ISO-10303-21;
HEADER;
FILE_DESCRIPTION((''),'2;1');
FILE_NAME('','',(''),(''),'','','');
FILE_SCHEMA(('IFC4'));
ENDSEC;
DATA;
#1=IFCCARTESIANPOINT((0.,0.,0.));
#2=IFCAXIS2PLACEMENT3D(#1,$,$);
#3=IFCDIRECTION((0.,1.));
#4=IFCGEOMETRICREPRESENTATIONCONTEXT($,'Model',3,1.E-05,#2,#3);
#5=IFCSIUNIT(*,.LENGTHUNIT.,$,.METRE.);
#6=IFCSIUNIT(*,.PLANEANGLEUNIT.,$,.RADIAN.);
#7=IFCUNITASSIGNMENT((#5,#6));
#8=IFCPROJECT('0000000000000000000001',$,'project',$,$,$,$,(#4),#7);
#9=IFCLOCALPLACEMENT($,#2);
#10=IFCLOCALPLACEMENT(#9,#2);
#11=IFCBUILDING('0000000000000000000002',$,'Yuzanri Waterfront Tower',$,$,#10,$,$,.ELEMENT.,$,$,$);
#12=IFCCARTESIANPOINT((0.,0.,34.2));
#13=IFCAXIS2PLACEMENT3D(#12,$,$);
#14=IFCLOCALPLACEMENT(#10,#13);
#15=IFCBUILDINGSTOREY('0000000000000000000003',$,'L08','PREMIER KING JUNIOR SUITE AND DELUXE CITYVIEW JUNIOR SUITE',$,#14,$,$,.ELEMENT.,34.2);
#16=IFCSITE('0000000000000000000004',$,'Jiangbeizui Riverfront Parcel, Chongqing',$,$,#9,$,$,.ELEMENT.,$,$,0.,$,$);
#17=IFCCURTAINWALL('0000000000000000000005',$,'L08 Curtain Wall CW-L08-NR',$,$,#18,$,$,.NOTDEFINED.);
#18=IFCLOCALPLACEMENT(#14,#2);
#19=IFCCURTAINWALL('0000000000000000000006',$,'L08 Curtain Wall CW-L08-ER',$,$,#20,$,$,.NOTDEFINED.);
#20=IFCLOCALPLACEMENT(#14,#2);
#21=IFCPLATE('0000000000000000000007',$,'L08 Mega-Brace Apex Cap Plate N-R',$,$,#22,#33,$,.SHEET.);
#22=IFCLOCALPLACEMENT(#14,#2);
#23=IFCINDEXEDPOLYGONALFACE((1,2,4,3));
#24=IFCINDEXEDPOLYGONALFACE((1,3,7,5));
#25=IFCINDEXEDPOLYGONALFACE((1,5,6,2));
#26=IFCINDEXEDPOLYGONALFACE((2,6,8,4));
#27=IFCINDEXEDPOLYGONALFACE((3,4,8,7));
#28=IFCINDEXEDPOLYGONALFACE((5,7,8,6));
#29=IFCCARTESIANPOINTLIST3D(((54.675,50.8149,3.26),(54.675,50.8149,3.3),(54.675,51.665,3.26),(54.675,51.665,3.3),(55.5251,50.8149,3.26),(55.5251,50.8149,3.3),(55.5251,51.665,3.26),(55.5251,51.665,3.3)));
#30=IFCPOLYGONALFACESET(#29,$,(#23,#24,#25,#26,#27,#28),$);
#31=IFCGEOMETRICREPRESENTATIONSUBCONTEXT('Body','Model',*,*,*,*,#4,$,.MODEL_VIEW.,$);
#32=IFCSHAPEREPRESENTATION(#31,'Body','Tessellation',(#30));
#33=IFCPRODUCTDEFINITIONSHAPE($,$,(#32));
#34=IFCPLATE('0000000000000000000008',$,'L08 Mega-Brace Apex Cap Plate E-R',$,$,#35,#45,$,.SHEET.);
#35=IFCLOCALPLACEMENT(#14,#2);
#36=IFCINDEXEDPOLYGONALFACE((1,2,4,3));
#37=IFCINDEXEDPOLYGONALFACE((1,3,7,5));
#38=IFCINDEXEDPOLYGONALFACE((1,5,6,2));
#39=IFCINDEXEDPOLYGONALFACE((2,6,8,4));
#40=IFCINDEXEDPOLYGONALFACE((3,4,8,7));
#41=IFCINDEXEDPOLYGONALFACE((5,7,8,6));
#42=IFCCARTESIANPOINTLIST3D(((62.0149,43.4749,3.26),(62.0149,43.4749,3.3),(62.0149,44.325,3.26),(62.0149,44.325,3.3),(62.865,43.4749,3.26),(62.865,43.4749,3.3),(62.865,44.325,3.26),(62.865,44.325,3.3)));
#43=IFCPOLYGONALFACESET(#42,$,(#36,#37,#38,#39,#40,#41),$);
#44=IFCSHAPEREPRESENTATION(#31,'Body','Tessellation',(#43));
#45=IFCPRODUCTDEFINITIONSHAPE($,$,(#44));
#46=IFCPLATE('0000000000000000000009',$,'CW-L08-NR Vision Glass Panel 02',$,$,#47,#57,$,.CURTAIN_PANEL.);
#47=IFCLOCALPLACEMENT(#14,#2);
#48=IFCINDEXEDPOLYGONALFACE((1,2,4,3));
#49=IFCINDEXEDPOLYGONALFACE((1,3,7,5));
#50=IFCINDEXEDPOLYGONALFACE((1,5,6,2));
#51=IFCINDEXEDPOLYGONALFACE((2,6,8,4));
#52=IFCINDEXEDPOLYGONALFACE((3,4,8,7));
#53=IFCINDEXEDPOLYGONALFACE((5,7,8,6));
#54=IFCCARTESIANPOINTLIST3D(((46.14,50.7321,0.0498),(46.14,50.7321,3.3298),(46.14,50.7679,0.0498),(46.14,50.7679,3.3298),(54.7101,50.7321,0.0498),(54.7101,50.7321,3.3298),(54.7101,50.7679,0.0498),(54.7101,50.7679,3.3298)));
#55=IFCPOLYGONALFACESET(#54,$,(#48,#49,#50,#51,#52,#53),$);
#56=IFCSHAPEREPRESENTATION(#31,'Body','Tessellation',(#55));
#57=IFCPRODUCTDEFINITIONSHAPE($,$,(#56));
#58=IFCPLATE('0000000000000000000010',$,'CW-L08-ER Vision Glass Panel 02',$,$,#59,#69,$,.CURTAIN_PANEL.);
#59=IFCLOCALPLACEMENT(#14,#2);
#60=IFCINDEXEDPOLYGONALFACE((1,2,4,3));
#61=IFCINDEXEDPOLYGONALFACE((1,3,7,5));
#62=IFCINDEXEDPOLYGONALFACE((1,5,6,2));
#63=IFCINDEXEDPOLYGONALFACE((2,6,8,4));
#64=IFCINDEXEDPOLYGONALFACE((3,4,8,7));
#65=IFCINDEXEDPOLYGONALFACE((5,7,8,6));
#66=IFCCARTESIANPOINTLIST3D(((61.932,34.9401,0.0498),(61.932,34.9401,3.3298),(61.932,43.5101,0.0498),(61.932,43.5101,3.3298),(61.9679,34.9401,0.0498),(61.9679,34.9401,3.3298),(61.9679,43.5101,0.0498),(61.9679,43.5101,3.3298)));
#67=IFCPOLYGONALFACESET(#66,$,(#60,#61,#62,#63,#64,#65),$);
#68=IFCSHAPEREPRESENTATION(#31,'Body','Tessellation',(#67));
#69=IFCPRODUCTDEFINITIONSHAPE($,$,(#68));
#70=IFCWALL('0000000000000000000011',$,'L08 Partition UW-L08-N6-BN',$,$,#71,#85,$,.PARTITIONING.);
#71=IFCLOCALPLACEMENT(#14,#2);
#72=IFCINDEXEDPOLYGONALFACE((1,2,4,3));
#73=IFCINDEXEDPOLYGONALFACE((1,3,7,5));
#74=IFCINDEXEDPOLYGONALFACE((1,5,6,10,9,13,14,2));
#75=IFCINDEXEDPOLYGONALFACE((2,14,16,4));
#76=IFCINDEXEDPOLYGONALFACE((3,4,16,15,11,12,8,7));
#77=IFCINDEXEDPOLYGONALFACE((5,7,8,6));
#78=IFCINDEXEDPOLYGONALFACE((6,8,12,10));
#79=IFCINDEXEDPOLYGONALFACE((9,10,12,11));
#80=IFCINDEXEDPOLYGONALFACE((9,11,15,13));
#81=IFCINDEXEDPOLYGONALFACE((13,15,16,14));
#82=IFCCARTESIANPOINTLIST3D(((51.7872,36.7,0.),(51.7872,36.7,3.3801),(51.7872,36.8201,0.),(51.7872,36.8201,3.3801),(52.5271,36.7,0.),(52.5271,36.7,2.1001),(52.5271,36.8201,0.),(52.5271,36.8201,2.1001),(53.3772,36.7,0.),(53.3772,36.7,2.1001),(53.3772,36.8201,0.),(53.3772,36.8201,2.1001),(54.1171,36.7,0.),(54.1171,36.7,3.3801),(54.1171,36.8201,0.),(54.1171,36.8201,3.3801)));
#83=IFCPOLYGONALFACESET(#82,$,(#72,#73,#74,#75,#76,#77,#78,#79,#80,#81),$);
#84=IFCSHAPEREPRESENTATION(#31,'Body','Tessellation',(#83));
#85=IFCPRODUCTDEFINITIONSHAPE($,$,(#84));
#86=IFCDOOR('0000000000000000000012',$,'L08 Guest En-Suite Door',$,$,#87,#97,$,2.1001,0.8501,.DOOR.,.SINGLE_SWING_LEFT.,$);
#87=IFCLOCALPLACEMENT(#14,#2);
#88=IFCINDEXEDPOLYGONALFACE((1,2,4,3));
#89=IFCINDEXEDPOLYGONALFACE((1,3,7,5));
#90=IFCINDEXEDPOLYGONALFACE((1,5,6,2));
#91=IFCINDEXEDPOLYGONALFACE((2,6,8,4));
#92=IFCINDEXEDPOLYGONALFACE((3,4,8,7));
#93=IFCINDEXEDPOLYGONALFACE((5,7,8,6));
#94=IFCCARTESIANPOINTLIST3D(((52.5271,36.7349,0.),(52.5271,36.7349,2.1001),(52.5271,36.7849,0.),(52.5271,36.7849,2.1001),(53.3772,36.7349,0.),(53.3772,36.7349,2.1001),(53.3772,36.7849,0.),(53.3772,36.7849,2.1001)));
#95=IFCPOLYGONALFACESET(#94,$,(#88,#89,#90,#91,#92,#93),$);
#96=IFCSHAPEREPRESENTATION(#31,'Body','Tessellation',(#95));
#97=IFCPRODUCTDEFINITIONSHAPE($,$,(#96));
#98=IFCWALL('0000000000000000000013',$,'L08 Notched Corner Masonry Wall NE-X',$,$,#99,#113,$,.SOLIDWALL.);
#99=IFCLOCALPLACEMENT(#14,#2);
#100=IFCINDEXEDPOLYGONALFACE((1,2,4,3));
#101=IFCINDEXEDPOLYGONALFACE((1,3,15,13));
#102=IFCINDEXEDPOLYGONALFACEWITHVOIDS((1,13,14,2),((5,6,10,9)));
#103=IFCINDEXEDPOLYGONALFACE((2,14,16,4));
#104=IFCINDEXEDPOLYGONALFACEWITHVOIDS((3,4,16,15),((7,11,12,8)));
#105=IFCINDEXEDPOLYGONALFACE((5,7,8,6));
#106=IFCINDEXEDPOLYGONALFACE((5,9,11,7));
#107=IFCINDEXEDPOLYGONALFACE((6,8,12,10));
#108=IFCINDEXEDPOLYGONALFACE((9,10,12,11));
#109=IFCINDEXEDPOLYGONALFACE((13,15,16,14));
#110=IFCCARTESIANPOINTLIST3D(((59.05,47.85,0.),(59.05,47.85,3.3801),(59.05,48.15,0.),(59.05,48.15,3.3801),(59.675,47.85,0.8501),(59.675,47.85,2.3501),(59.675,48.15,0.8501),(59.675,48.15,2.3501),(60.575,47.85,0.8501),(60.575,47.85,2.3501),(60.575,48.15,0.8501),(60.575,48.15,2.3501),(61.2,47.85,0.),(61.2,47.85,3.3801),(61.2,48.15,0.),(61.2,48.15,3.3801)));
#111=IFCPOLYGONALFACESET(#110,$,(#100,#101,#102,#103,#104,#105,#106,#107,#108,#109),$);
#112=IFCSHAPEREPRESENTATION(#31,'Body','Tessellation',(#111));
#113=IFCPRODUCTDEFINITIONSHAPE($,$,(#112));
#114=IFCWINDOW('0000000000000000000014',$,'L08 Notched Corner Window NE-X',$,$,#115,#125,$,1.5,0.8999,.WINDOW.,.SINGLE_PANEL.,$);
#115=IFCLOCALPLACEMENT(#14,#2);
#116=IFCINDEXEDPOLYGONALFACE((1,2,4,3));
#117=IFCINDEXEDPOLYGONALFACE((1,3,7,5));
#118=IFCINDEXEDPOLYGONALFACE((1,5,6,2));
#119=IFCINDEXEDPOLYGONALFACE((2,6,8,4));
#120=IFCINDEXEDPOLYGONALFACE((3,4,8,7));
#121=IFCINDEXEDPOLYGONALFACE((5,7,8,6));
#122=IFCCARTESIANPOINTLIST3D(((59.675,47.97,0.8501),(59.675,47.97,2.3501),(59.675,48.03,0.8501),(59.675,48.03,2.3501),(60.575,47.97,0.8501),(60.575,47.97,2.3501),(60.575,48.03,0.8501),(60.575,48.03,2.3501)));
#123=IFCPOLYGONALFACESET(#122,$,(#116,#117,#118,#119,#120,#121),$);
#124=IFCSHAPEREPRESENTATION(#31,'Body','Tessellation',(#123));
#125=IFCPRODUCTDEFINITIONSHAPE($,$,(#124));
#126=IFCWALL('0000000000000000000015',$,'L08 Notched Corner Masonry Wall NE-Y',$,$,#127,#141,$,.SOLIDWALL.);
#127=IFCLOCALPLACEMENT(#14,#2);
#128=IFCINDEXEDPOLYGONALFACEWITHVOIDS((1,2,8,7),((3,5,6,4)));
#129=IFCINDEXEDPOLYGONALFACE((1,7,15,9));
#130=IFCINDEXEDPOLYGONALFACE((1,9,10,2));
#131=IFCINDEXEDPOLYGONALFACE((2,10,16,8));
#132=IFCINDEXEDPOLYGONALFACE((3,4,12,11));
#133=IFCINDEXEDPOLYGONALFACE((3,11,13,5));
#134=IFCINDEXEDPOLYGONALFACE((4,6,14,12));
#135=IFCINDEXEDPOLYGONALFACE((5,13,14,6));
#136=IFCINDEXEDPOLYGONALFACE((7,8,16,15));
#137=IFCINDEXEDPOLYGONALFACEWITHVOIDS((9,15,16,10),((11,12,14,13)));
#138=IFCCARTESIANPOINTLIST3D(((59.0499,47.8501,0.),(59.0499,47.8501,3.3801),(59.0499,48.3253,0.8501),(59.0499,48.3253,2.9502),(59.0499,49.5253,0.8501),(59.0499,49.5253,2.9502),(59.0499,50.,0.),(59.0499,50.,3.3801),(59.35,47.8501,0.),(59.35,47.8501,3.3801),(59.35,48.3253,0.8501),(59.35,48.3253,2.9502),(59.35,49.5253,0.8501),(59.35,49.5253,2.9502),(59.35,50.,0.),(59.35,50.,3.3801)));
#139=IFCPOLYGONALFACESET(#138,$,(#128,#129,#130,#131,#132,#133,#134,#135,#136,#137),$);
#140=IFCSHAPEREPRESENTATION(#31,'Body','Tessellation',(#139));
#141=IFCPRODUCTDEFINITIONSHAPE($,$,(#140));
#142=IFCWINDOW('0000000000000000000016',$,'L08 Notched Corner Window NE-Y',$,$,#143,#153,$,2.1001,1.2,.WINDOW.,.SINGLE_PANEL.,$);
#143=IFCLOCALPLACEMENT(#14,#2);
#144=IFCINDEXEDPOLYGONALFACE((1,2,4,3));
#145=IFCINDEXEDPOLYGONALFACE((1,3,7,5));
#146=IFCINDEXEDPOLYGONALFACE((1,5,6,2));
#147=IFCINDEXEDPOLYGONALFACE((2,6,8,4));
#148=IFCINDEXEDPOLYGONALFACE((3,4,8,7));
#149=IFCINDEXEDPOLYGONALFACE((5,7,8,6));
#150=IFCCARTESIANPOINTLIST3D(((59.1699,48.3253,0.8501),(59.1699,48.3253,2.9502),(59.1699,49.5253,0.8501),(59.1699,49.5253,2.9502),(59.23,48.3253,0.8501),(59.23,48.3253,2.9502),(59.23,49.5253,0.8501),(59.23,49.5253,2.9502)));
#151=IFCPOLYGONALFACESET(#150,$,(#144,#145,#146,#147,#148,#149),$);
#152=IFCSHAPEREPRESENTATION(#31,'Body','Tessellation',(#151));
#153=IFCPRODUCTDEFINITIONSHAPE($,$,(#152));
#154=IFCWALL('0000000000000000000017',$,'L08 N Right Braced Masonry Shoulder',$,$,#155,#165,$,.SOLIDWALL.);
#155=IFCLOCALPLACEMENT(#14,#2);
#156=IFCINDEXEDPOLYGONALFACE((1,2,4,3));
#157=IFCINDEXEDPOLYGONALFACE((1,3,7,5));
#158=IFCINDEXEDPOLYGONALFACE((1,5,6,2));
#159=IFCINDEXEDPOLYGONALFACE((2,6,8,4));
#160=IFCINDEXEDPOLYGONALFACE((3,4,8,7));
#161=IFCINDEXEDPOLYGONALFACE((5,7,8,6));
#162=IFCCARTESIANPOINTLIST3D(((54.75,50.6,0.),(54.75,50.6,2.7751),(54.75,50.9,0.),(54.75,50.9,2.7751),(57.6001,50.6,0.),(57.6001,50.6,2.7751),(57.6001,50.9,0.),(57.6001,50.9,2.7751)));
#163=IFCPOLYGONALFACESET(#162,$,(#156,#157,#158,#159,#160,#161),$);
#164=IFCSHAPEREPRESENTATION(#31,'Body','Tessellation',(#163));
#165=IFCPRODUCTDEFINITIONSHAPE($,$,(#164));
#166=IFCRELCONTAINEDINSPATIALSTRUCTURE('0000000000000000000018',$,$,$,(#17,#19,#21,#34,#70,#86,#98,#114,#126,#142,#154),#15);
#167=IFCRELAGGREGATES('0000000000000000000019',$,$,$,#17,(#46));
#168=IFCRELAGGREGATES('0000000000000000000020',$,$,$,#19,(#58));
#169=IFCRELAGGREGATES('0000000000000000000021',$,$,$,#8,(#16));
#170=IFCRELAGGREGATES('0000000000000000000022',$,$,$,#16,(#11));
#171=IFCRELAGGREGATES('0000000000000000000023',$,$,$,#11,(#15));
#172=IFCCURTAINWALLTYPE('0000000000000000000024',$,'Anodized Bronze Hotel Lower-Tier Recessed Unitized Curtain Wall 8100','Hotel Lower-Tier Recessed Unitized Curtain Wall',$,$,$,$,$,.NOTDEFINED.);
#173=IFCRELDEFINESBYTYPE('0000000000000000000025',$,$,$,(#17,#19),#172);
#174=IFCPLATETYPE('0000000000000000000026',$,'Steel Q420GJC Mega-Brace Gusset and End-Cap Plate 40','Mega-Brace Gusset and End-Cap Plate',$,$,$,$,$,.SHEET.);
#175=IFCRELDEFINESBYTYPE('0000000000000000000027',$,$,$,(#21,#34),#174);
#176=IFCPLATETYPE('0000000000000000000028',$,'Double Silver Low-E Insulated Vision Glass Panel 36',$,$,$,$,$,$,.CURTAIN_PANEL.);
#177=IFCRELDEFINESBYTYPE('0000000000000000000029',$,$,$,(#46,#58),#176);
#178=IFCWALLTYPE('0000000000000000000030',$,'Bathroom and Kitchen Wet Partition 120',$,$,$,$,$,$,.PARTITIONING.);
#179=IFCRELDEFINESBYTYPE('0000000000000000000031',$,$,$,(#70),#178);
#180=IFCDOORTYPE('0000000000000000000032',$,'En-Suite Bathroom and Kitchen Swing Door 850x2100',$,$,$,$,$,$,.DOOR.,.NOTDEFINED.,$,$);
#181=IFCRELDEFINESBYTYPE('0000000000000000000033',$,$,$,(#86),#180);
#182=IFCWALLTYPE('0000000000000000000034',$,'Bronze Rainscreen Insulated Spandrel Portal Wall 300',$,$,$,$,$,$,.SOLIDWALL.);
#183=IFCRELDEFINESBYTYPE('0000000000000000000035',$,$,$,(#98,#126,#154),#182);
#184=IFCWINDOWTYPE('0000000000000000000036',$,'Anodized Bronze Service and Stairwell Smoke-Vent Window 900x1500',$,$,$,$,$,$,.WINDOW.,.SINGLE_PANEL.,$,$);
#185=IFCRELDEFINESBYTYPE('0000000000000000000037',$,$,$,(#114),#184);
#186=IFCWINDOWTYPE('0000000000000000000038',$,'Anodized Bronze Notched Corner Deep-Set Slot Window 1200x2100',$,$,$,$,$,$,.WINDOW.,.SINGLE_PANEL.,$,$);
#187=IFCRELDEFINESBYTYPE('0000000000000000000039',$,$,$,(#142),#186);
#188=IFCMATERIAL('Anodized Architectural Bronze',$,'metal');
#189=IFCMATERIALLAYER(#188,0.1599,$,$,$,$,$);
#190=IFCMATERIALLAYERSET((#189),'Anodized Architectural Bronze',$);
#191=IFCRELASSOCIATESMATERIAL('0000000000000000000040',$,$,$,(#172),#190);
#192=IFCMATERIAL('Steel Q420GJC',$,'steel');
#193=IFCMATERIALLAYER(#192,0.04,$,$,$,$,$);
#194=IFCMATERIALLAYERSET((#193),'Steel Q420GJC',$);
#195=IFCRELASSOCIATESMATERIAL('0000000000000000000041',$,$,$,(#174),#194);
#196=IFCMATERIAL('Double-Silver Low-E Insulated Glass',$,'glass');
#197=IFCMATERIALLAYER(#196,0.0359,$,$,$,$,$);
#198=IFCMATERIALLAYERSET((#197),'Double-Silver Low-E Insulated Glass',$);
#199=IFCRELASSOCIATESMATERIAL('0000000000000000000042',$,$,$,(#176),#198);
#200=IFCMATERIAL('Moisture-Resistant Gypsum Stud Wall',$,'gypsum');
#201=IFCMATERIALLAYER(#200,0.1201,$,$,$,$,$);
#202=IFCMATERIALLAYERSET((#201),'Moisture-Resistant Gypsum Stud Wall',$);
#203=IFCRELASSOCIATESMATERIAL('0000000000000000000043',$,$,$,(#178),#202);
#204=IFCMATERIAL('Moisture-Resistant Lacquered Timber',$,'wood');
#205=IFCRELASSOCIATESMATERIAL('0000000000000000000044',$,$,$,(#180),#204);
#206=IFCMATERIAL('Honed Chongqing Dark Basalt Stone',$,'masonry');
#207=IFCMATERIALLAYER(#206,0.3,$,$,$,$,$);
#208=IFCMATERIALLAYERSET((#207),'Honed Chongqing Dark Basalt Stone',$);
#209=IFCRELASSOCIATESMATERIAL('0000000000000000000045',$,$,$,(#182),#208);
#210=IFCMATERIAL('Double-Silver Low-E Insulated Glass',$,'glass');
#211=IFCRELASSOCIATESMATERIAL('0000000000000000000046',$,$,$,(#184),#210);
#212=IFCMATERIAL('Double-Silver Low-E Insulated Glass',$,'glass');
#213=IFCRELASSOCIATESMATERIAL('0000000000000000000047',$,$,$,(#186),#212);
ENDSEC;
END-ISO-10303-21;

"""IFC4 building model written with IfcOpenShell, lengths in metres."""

from ifc_helpers import new_model, si_unit, direction, frame, frame_2d, origin, origin_2d, place, context, subcontext, project, spatial, rectangle, extrude, source, transform, mapped, material, layer, layer_set, type_object, element, fill, aggregate, save


model = new_model("IFC4")

# Units and contexts
model_context = context("Model", 3, precision=1e-05, world=origin(), true_north=direction((0.0, 1.0)))
body_context = subcontext(model_context, "Body", "Model", "MODEL_VIEW")
ifc_project = project(units=[si_unit("LENGTHUNIT", "METRE"), si_unit("PLANEANGLEUNIT", "RADIAN")], contexts=[model_context])

# Site, building, storey
site_placement = place(None, origin())
site = spatial("IfcSite", under=ifc_project, at=site_placement, Name="Jiangbeizui Riverfront Parcel, Chongqing", CompositionType="ELEMENT", RefElevation=0.0)
building_placement = place(site_placement, origin())
building = spatial("IfcBuilding", under=site, at=building_placement, Name="Yuzanri Waterfront Tower", CompositionType="ELEMENT")
storey_placement = place(building_placement, frame((0.0, 0.0, 34.2)))
storey = spatial("IfcBuildingStorey", under=building, at=storey_placement, Name="L08", Description="PREMIER KING JUNIOR SUITE AND DELUXE CITYVIEW JUNIOR SUITE", CompositionType="ELEMENT", Elevation=34.2)

# Curtain walls
ifc_material_1 = material(Name="Anodized Architectural Bronze", Category="metal")
ifc_layer_1 = layer(ifc_material_1, 0.1599)
ifc_layer_set_1 = layer_set([ifc_layer_1], Name="Anodized Architectural Bronze")
curtain_wall_type = type_object("IfcCurtainWallType", Name="Anodized Bronze Hotel Lower-Tier Recessed Unitized Curtain Wall 8100", Description="Hotel Lower-Tier Recessed Unitized Curtain Wall", PredefinedType="NOTDEFINED", material=ifc_layer_set_1)
curtain_wall_1_placement = place(storey_placement, origin())
curtain_wall_1 = element("IfcCurtainWall", 1, at=curtain_wall_1_placement, inside=storey, type_object=curtain_wall_type, Name="L08 Curtain Wall CW-L08-NR", PredefinedType="NOTDEFINED")
curtain_wall_2_placement = place(storey_placement, origin())
curtain_wall_2 = element("IfcCurtainWall", 2, at=curtain_wall_2_placement, inside=storey, type_object=curtain_wall_type, Name="L08 Curtain Wall CW-L08-ER", PredefinedType="NOTDEFINED")

# Plates
ifc_material_2 = material(Name="Steel Q420GJC", Category="steel")
ifc_layer_2 = layer(ifc_material_2, 0.04)
ifc_layer_set_2 = layer_set([ifc_layer_2], Name="Steel Q420GJC")
plate_type_1 = type_object("IfcPlateType", Name="Steel Q420GJC Mega-Brace Gusset and End-Cap Plate 40", Description="Mega-Brace Gusset and End-Cap Plate", PredefinedType="SHEET", material=ifc_layer_set_2)
shared_shape_1 = source(origin(), body_context, "Body", "SweptSolid", [
    extrude(rectangle(XDim=0.8501, YDim=0.8501, at=origin_2d()), origin(), (0.0, 0.0, 1.0), 0.04),
])
for number, where, z_axis, x_axis, name in (
    (3, (55.1001, 51.24, 3.26), (0.0, 0.0, 1.0), (1.0, 0.0, 0.0), "L08 Mega-Brace Apex Cap Plate N-R"),
    (4, (62.4399, 43.8999, 3.26), (0.0, 0.0, 1.0), (1.0, 0.0, 0.0), "L08 Mega-Brace Apex Cap Plate E-R"),
):
    element("IfcPlate", number, at=place(storey_placement, frame(where, z_axis=z_axis, x_axis=x_axis)), inside=storey, type_object=plate_type_1, Name=name, PredefinedType="SHEET", context=body_context, shape_type="MappedRepresentation", body=[
        mapped(shared_shape_1, transform((0.0, 0.0, 0.0), scale=1.0)),
    ])

# Plates
ifc_material_3 = material(Name="Double-Silver Low-E Insulated Glass", Category="glass")
ifc_layer_3 = layer(ifc_material_3, 0.0359)
ifc_layer_set_3 = layer_set([ifc_layer_3], Name="Double-Silver Low-E Insulated Glass")
plate_type_2 = type_object("IfcPlateType", Name="Double Silver Low-E Insulated Vision Glass Panel 36", PredefinedType="CURTAIN_PANEL", material=ifc_layer_set_3)
shared_shape_2 = source(origin(), body_context, "Body", "SweptSolid", [
    extrude(rectangle(XDim=8.5701, YDim=0.0359, at=origin_2d()), origin(), (0.0, 0.0, 1.0), 3.28),
])
plate_1_placement = place(storey_placement, frame((50.425, 50.75, 0.0498), z_axis=(0.0, 0.0, 1.0), x_axis=(1.0, 0.0, 0.0)))
plate_1 = element("IfcPlate", 5, at=plate_1_placement, type_object=plate_type_2, Name="CW-L08-NR Vision Glass Panel 02", PredefinedType="CURTAIN_PANEL", context=body_context, shape_type="MappedRepresentation", body=[
    mapped(shared_shape_2, transform((0.0, 0.0, 0.0), scale=1.0)),
])
aggregate(curtain_wall_1, [plate_1])
plate_2_placement = place(storey_placement, frame((61.95, 39.2251, 0.0498), z_axis=(0.0, 0.0, 1.0), x_axis=(0.0, 1.0, 0.0)))
plate_2 = element("IfcPlate", 6, at=plate_2_placement, type_object=plate_type_2, Name="CW-L08-ER Vision Glass Panel 02", PredefinedType="CURTAIN_PANEL", context=body_context, shape_type="MappedRepresentation", body=[
    mapped(shared_shape_2, transform((0.0, 0.0, 0.0), scale=1.0)),
])
aggregate(curtain_wall_2, [plate_2])

# Wall, opening, door
ifc_material_4 = material(Name="Moisture-Resistant Gypsum Stud Wall", Category="gypsum")
ifc_layer_4 = layer(ifc_material_4, 0.1201)
ifc_layer_set_4 = layer_set([ifc_layer_4], Name="Moisture-Resistant Gypsum Stud Wall")
wall_type_1 = type_object("IfcWallType", Name="Bathroom and Kitchen Wet Partition 120", PredefinedType="PARTITIONING", material=ifc_layer_set_4)
wall_1_placement = place(storey_placement, frame((51.7871, 36.76, 0.0), z_axis=(0.0, 0.0, 1.0), x_axis=(1.0, 0.0, 0.0)))
wall_1 = element("IfcWall", 7, at=wall_1_placement, inside=storey, type_object=wall_type_1, Name="L08 Partition UW-L08-N6-BN", PredefinedType="PARTITIONING", context=body_context, shape_type="SweptSolid", body=[
    extrude(rectangle(XDim=2.3298, YDim=0.1201, at=frame_2d((1.165, 0.0))), origin(), (0.0, 0.0, 1.0), 3.3801),
])
opening_1_placement = place(wall_1_placement, frame((0.74, 0.0, 0.0)))
opening_1 = element("IfcOpeningElement", 8, at=opening_1_placement, cuts=wall_1, PredefinedType="OPENING", context=body_context, shape_type="SweptSolid", body=[
    extrude(rectangle(XDim=0.8501, YDim=2.1001, at=frame_2d((0.425, 1.05))), frame((0.0, 0.075, 0.0), z_axis=(0.0, -1.0, 0.0), x_axis=(1.0, 0.0, 0.0)), (0.0, 0.0, 1.0), 0.1499),
])
ifc_material_5 = material(Name="Moisture-Resistant Lacquered Timber", Category="wood")
door_type = type_object("IfcDoorType", Name="En-Suite Bathroom and Kitchen Swing Door 850x2100", OperationType="NOTDEFINED", PredefinedType="DOOR", material=ifc_material_5)
shared_shape_3 = source(origin(), body_context, "Body", "SweptSolid", [
    extrude(rectangle(XDim=0.8501, YDim=2.1001, at=frame_2d((0.425, 1.05))), frame((0.0, 0.0249, 0.0), z_axis=(0.0, -1.0, 0.0), x_axis=(1.0, 0.0, 0.0)), (0.0, 0.0, 1.0), 0.05),
])
door_placement = place(opening_1_placement, origin())
door = element("IfcDoor", 9, at=door_placement, inside=storey, type_object=door_type, Name="L08 Guest En-Suite Door", OperationType="SINGLE_SWING_LEFT", OverallHeight=2.1001, OverallWidth=0.8501, PredefinedType="DOOR", context=body_context, shape_type="MappedRepresentation", body=[
    mapped(shared_shape_3, transform((0.0, 0.0, 0.0), scale=1.0)),
])
fill(opening_1, door)

# Walls, openings, windows
ifc_material_6 = material(Name="Honed Chongqing Dark Basalt Stone", Category="masonry")
ifc_layer_5 = layer(ifc_material_6, 0.3)
ifc_layer_set_5 = layer_set([ifc_layer_5], Name="Honed Chongqing Dark Basalt Stone")
wall_type_2 = type_object("IfcWallType", Name="Bronze Rainscreen Insulated Spandrel Portal Wall 300", PredefinedType="SOLIDWALL", material=ifc_layer_set_5)
wall_2_placement = place(storey_placement, frame((61.2, 48.0, 0.0), z_axis=(0.0, 0.0, 1.0), x_axis=(-1.0, 0.0, 0.0)))
wall_2 = element("IfcWall", 10, at=wall_2_placement, inside=storey, type_object=wall_type_2, Name="L08 Notched Corner Masonry Wall NE-X", PredefinedType="SOLIDWALL", context=body_context, shape_type="SweptSolid", body=[
    extrude(rectangle(XDim=2.1499, YDim=0.3, at=frame_2d((1.075, 0.0))), origin(), (0.0, 0.0, 1.0), 3.3801),
])
opening_2_placement = place(wall_2_placement, frame((0.625, 0.0, 0.8501)))
opening_2 = element("IfcOpeningElement", 11, at=opening_2_placement, cuts=wall_2, PredefinedType="OPENING", context=body_context, shape_type="SweptSolid", body=[
    extrude(rectangle(XDim=0.8999, YDim=1.5, at=frame_2d((0.45, 0.75))), frame((0.0, 0.165, 0.0), z_axis=(0.0, -1.0, 0.0), x_axis=(1.0, 0.0, 0.0)), (0.0, 0.0, 1.0), 0.3298),
])
ifc_material_7 = material(Name="Double-Silver Low-E Insulated Glass", Category="glass")
window_type_1 = type_object("IfcWindowType", Name="Anodized Bronze Service and Stairwell Smoke-Vent Window 900x1500", PartitioningType="SINGLE_PANEL", PredefinedType="WINDOW", material=ifc_material_7)
shared_shape_4 = source(origin(), body_context, "Body", "SweptSolid", [
    extrude(rectangle(XDim=0.8999, YDim=1.5, at=frame_2d((0.45, 0.75))), frame((0.0, 0.03, 0.0), z_axis=(0.0, -1.0, 0.0), x_axis=(1.0, 0.0, 0.0)), (0.0, 0.0, 1.0), 0.0601),
])
window_1_placement = place(opening_2_placement, origin())
window_1 = element("IfcWindow", 12, at=window_1_placement, inside=storey, type_object=window_type_1, Name="L08 Notched Corner Window NE-X", OverallHeight=1.5, OverallWidth=0.8999, PartitioningType="SINGLE_PANEL", PredefinedType="WINDOW", context=body_context, shape_type="MappedRepresentation", body=[
    mapped(shared_shape_4, transform((0.0, 0.0, 0.0), scale=1.0)),
])
fill(opening_2, window_1)
wall_3_placement = place(storey_placement, frame((59.2, 47.8501, 0.0), z_axis=(0.0, 0.0, 1.0), x_axis=(0.0, 1.0, 0.0)))
wall_3 = element("IfcWall", 13, at=wall_3_placement, inside=storey, type_object=wall_type_2, Name="L08 Notched Corner Masonry Wall NE-Y", PredefinedType="SOLIDWALL", context=body_context, shape_type="SweptSolid", body=[
    extrude(rectangle(XDim=2.1499, YDim=0.3, at=frame_2d((1.075, 0.0))), origin(), (0.0, 0.0, 1.0), 3.3801),
])
opening_3_placement = place(wall_3_placement, frame((0.4751, 0.0, 0.8501)))
opening_3 = element("IfcOpeningElement", 14, at=opening_3_placement, cuts=wall_3, PredefinedType="OPENING", context=body_context, shape_type="SweptSolid", body=[
    extrude(rectangle(XDim=1.2, YDim=2.1001, at=frame_2d((0.6001, 1.05))), frame((0.0, 0.165, 0.0), z_axis=(0.0, -1.0, 0.0), x_axis=(1.0, 0.0, 0.0)), (0.0, 0.0, 1.0), 0.3298),
])
ifc_material_8 = material(Name="Double-Silver Low-E Insulated Glass", Category="glass")
window_type_2 = type_object("IfcWindowType", Name="Anodized Bronze Notched Corner Deep-Set Slot Window 1200x2100", PartitioningType="SINGLE_PANEL", PredefinedType="WINDOW", material=ifc_material_8)
shared_shape_5 = source(origin(), body_context, "Body", "SweptSolid", [
    extrude(rectangle(XDim=1.2, YDim=2.1001, at=frame_2d((0.6001, 1.05))), frame((0.0, 0.03, 0.0), z_axis=(0.0, -1.0, 0.0), x_axis=(1.0, 0.0, 0.0)), (0.0, 0.0, 1.0), 0.0601),
])
window_2_placement = place(opening_3_placement, origin())
window_2 = element("IfcWindow", 15, at=window_2_placement, inside=storey, type_object=window_type_2, Name="L08 Notched Corner Window NE-Y", OverallHeight=2.1001, OverallWidth=1.2, PartitioningType="SINGLE_PANEL", PredefinedType="WINDOW", context=body_context, shape_type="MappedRepresentation", body=[
    mapped(shared_shape_5, transform((0.0, 0.0, 0.0), scale=1.0)),
])
fill(opening_3, window_2)

# Wall
shared_shape_6 = source(origin(), body_context, "Body", "SweptSolid", [
    extrude(rectangle(XDim=2.8501, YDim=0.3, at=frame_2d((1.425, 0.0))), origin(), (0.0, 0.0, 1.0), 2.7751),
])
wall_4_placement = place(storey_placement, frame((54.75, 50.75, 0.0), z_axis=(0.0, 0.0, 1.0), x_axis=(1.0, 0.0, 0.0)))
element("IfcWall", 16, at=wall_4_placement, inside=storey, type_object=wall_type_2, Name="L08 N Right Braced Masonry Shoulder", PredefinedType="SOLIDWALL", context=body_context, shape_type="MappedRepresentation", body=[
    mapped(shared_shape_6, transform((0.0, 0.0, 0.0), scale=1.0)),
])

save(model, "model.ifc")
